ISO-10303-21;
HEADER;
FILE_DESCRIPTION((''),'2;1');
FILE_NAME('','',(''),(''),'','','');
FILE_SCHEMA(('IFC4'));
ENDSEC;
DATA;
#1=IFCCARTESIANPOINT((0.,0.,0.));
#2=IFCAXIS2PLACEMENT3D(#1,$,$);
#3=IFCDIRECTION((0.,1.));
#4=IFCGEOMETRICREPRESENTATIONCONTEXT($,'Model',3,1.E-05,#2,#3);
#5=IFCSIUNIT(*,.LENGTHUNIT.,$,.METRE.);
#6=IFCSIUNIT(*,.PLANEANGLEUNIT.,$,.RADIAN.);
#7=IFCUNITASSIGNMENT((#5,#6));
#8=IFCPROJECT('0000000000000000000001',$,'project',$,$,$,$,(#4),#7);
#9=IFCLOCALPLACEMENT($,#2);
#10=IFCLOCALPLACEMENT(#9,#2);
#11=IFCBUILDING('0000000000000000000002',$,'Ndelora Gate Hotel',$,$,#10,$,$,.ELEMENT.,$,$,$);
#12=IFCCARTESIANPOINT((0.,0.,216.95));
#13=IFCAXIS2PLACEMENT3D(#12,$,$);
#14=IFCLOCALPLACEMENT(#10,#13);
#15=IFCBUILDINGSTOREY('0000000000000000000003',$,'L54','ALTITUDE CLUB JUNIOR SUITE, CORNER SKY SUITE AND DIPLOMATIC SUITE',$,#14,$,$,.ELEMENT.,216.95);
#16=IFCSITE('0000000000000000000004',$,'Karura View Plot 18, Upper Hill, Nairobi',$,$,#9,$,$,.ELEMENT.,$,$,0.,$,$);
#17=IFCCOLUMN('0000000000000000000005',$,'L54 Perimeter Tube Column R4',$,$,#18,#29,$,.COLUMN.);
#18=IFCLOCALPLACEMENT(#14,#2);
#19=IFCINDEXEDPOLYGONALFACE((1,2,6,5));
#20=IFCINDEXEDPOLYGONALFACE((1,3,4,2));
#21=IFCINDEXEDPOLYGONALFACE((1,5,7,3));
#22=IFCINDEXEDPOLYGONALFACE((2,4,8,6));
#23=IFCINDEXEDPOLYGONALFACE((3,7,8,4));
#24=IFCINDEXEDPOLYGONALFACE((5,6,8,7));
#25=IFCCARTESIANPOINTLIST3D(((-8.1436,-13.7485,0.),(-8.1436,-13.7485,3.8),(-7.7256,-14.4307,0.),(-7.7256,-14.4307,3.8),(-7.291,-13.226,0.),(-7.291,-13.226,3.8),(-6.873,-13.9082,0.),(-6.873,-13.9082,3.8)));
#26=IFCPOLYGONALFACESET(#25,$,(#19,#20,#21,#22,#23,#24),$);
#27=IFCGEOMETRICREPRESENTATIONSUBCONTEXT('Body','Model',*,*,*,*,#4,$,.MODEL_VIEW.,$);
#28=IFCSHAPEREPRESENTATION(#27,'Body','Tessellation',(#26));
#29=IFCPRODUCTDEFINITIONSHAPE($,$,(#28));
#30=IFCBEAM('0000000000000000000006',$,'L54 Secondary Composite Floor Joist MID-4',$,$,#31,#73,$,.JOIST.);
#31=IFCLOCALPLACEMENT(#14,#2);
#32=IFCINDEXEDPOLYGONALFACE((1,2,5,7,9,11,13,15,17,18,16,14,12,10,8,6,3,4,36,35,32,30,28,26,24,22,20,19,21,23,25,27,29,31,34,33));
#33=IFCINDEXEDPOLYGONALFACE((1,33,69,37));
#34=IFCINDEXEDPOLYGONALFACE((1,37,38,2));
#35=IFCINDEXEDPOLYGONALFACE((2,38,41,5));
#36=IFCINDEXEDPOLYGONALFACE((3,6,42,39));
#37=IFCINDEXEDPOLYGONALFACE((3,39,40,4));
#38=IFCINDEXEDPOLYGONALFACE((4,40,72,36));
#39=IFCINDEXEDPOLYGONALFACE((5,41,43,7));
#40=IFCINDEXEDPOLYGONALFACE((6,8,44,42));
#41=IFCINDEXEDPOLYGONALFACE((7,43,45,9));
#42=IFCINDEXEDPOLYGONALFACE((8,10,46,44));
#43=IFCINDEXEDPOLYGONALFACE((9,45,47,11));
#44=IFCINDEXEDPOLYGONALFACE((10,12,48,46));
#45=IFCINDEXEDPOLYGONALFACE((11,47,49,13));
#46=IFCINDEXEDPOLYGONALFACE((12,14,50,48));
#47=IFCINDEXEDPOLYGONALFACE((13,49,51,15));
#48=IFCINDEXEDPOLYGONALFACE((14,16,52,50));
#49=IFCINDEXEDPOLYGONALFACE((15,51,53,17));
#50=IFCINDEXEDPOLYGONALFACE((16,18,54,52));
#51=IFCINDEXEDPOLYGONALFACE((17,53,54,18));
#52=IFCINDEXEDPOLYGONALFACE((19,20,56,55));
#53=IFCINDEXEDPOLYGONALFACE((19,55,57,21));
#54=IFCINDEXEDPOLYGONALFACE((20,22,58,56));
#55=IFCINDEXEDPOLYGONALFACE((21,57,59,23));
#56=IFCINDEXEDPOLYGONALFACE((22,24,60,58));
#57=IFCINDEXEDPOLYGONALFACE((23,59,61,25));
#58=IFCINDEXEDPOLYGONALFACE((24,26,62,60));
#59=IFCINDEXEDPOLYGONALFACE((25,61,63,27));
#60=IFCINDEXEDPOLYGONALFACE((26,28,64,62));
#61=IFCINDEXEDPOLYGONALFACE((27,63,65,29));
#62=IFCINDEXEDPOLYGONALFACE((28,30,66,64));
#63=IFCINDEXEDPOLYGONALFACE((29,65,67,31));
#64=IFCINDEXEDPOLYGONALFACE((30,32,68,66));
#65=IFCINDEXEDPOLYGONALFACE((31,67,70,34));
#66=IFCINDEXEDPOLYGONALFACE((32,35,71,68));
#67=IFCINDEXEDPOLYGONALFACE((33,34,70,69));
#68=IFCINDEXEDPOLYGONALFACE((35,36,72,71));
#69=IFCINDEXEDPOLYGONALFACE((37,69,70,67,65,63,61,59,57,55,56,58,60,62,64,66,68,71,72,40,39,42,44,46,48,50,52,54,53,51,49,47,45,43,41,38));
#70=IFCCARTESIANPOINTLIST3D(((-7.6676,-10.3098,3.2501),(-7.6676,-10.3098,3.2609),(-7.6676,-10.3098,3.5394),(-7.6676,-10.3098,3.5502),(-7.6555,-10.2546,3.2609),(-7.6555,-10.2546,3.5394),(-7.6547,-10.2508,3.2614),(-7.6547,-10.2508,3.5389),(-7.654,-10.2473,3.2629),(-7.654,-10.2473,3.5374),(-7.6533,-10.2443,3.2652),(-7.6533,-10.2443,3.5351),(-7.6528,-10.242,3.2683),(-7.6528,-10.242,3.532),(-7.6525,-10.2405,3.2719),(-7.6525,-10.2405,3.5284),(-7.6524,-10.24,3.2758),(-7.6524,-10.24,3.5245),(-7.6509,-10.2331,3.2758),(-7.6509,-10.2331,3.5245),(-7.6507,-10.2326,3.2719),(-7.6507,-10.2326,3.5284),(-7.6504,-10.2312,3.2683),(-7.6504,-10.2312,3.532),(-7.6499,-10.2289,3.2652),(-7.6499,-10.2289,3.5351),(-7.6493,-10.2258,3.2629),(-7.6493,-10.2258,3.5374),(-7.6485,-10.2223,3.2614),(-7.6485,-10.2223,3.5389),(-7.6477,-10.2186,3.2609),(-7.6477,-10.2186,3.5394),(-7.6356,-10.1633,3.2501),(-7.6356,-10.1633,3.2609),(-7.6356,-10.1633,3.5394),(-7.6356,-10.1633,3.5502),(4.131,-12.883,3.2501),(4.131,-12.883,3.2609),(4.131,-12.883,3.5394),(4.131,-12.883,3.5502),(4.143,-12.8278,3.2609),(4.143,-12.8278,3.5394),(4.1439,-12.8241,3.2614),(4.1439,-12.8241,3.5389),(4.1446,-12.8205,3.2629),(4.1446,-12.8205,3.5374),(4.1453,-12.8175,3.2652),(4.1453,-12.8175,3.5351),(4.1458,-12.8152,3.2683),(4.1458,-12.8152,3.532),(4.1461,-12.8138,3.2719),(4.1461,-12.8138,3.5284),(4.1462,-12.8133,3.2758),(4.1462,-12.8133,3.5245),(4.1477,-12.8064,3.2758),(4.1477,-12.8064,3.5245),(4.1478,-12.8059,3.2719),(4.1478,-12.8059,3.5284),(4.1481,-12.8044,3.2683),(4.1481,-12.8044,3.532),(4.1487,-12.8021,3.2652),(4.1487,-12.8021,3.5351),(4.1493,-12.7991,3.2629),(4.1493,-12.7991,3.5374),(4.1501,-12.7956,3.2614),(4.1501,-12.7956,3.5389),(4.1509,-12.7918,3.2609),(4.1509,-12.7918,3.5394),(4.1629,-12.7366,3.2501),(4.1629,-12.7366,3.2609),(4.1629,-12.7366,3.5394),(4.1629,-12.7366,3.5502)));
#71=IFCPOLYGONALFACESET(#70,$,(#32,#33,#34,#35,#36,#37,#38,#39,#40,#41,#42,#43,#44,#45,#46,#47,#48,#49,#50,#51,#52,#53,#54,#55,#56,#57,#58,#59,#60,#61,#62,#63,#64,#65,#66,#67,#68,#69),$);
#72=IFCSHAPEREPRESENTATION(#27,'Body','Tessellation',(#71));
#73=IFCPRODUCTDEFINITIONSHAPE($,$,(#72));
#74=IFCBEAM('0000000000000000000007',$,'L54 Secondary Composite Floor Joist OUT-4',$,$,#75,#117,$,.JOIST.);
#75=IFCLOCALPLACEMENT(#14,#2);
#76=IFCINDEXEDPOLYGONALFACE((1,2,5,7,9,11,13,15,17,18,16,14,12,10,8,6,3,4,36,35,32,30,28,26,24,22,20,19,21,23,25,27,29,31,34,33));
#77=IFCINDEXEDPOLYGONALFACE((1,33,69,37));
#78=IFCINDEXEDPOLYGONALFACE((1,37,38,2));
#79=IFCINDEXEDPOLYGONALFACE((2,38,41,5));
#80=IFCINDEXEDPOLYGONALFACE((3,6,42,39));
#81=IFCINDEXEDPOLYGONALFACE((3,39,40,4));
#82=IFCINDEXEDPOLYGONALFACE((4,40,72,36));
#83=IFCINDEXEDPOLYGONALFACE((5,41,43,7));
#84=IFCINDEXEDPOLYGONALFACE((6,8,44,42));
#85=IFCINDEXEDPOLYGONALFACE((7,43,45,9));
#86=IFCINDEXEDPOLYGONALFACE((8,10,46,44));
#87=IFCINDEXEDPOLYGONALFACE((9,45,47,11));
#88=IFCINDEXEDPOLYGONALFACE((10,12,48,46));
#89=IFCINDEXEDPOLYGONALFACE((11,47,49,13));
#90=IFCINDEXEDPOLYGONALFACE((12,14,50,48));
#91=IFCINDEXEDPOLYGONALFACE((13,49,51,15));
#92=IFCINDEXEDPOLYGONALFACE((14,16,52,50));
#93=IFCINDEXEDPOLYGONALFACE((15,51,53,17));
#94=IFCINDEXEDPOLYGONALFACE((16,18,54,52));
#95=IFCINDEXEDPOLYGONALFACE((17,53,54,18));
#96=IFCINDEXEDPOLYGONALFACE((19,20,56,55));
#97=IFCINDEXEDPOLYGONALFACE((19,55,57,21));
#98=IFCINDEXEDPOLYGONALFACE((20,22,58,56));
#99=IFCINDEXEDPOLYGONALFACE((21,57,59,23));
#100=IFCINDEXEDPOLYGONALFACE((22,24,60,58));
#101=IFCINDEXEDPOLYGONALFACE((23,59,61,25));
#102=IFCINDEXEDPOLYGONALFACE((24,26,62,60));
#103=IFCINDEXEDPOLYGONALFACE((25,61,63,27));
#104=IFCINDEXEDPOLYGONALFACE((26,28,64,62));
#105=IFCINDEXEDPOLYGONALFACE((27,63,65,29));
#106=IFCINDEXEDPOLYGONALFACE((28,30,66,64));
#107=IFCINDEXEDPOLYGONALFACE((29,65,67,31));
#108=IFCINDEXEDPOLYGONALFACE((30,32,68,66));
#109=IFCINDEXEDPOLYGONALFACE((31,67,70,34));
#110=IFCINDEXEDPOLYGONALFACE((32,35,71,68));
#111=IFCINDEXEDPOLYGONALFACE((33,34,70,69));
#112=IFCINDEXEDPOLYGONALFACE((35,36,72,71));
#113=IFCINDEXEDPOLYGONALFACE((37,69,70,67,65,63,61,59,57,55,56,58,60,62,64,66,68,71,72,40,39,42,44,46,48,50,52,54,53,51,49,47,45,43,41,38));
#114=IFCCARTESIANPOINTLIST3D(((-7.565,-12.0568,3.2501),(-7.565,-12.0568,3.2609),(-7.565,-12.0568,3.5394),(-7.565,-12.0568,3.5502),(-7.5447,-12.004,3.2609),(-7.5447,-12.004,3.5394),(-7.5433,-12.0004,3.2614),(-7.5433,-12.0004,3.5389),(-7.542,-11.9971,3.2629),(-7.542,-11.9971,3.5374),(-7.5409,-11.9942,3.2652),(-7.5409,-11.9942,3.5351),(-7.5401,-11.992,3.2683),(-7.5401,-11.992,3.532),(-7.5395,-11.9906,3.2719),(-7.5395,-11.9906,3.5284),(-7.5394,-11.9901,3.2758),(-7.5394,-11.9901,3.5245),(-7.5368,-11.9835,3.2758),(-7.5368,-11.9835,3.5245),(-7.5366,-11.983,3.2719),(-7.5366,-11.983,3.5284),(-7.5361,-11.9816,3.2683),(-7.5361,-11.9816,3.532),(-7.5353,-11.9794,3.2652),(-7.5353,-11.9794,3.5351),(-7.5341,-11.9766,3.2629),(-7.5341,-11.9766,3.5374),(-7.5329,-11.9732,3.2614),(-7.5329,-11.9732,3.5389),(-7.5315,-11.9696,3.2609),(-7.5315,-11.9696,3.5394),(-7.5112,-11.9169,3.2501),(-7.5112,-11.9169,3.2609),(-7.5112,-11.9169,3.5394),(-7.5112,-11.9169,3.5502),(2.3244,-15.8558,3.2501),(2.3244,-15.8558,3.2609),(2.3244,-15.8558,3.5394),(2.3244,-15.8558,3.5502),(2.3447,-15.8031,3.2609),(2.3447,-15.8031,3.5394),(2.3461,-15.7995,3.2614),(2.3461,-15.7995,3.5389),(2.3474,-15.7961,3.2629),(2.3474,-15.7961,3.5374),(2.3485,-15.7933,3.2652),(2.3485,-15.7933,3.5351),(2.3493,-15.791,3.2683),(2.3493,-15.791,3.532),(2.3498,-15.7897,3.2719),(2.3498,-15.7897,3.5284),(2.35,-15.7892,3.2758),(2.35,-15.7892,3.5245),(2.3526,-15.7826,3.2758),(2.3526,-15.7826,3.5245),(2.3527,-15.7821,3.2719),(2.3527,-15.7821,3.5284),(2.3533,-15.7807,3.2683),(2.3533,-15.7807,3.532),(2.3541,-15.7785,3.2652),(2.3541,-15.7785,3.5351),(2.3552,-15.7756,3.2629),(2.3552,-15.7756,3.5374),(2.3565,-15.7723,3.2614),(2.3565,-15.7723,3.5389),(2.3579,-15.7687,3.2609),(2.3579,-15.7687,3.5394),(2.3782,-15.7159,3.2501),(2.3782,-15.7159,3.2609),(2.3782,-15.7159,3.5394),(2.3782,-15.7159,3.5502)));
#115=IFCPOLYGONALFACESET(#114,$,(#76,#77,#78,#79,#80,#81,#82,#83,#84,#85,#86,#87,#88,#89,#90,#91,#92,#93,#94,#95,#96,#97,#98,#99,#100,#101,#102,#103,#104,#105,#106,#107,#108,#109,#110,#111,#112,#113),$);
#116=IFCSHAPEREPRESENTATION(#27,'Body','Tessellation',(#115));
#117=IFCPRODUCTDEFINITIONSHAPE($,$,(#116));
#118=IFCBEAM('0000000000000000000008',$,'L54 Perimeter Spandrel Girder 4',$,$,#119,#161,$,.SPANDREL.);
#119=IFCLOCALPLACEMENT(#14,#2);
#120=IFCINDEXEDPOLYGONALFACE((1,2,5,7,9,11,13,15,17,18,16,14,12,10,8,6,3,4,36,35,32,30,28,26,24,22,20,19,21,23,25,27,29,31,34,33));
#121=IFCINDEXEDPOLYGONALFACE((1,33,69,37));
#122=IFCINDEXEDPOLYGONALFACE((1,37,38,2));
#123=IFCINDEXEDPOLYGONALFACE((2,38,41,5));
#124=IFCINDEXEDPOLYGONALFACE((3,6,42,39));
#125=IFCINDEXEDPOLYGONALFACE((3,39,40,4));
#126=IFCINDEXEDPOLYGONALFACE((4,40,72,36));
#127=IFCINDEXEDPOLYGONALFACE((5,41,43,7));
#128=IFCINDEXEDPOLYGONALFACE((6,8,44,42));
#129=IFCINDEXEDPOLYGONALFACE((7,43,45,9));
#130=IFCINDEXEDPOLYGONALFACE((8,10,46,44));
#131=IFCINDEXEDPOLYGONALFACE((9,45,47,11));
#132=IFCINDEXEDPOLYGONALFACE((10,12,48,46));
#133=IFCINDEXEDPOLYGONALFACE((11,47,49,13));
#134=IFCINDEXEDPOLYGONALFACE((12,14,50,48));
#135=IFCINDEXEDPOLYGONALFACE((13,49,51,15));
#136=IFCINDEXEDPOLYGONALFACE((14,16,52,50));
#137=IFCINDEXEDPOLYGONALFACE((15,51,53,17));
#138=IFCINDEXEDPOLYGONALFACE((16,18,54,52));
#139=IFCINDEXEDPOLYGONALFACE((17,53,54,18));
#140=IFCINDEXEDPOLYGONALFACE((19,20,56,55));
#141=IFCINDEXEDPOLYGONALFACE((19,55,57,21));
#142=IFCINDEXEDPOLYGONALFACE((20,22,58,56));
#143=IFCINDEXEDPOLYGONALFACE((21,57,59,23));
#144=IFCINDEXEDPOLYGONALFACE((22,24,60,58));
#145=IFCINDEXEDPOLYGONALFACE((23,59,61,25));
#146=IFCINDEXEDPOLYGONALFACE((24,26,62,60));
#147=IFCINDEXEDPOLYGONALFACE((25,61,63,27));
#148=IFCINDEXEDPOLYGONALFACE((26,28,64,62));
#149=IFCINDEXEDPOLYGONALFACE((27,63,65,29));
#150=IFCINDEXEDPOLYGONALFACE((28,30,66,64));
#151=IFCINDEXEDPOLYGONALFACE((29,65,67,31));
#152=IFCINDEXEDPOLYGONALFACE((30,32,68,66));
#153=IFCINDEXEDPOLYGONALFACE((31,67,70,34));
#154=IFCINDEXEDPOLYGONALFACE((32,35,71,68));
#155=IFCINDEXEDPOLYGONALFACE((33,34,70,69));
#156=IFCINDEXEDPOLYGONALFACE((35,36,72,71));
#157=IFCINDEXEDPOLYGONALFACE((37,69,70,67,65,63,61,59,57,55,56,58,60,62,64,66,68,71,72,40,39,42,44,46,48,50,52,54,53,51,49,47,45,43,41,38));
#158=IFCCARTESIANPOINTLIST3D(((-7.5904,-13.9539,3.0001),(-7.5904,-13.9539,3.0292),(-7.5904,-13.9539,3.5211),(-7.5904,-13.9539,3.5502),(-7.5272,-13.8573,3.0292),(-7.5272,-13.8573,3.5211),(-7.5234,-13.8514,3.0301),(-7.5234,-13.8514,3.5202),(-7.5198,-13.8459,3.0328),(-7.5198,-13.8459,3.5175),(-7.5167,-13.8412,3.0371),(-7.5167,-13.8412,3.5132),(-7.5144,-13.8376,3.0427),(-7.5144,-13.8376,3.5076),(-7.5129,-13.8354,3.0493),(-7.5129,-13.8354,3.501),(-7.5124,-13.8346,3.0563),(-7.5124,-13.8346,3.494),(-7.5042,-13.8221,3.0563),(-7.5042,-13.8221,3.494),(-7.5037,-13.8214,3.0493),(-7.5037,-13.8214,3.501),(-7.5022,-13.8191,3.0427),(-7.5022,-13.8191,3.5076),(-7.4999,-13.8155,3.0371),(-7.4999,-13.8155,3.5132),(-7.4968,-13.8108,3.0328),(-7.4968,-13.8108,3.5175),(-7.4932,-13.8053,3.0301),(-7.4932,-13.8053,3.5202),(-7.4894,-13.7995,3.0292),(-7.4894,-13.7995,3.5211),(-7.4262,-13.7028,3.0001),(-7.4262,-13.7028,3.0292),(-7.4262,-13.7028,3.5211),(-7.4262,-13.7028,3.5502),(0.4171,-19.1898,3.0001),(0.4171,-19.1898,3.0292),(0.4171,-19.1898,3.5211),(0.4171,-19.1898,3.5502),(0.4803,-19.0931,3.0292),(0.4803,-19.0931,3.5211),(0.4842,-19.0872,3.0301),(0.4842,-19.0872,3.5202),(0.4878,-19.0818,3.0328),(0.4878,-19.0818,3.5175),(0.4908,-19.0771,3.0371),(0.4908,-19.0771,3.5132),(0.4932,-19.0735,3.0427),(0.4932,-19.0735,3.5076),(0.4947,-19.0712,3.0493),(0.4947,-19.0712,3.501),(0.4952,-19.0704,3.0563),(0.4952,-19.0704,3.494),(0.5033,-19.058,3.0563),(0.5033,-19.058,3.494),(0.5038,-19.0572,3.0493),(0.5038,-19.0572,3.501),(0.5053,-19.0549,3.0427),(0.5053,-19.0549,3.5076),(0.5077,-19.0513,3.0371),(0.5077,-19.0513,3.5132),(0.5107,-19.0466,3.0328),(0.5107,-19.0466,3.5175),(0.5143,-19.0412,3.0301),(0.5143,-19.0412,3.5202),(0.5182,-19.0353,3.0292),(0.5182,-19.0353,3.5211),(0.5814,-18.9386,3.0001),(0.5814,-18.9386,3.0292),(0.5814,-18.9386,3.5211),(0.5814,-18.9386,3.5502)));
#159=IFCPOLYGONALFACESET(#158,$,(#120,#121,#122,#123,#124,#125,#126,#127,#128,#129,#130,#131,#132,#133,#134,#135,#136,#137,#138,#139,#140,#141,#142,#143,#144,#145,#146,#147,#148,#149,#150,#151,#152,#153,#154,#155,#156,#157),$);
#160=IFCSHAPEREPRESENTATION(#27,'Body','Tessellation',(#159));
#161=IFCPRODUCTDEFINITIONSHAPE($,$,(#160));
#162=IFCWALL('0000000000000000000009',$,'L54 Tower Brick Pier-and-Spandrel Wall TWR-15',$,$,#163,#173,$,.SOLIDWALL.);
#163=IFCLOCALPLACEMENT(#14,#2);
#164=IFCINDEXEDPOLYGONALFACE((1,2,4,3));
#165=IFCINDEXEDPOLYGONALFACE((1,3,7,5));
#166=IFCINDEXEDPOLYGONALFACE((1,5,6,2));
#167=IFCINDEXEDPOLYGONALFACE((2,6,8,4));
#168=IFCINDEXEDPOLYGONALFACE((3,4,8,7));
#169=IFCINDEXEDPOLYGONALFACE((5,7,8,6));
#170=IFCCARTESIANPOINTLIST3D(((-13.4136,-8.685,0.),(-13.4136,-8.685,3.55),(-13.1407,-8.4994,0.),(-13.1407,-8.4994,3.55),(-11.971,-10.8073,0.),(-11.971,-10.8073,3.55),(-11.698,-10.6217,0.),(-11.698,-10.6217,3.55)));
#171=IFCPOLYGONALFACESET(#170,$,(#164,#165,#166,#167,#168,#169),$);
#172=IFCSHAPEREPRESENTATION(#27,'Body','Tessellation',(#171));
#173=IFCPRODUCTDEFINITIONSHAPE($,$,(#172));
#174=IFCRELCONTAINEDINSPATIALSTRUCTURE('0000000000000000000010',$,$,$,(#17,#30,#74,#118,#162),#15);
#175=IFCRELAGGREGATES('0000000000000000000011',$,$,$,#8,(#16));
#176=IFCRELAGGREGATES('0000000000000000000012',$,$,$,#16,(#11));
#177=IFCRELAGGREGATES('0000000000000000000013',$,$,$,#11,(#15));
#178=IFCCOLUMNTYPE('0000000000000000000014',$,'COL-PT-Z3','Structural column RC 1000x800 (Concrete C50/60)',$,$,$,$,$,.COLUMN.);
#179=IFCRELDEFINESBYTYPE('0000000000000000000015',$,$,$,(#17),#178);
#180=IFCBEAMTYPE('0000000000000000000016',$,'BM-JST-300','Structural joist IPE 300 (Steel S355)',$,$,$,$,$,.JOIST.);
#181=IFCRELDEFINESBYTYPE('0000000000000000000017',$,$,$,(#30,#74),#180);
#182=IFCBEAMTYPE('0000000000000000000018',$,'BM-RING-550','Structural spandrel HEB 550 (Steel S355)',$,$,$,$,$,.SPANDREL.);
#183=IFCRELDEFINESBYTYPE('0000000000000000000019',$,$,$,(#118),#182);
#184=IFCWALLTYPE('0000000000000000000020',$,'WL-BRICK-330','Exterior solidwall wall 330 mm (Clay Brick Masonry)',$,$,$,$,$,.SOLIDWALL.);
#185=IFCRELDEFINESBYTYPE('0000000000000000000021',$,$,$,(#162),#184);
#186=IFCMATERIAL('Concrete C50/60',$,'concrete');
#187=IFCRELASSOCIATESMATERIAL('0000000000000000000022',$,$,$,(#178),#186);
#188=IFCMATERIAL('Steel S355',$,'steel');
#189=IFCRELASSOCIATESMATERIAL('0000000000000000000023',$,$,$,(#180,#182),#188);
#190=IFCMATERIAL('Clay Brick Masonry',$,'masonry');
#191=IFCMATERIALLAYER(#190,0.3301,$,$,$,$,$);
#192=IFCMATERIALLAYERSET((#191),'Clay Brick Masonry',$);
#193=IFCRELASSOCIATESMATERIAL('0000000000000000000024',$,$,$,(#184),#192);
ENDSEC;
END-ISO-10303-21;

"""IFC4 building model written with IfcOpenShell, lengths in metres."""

from ifc_helpers import new_model, si_unit, direction, frame, frame_2d, origin, origin_2d, place, context, subcontext, project, spatial, rectangle, i_section, extrude, material, layer, layer_set, material_profile, profile_set, type_object, element, save


model = new_model("IFC4")

# Units and contexts
model_context = context("Model", 3, precision=1e-05, world=origin(), true_north=direction((0.0, 1.0)))
body_context = subcontext(model_context, "Body", "Model", "MODEL_VIEW")
ifc_project = project(units=[si_unit("LENGTHUNIT", "METRE"), si_unit("PLANEANGLEUNIT", "RADIAN")], contexts=[model_context])

# Site, building, storey
site_placement = place(None, origin())
site = spatial("IfcSite", under=ifc_project, at=site_placement, Name="Karura View Plot 18, Upper Hill, Nairobi", CompositionType="ELEMENT", RefElevation=0.0)
building_placement = place(site_placement, origin())
building = spatial("IfcBuilding", under=site, at=building_placement, Name="Ndelora Gate Hotel", CompositionType="ELEMENT")
storey_placement = place(building_placement, frame((0.0, 0.0, 216.95)))
storey = spatial("IfcBuildingStorey", under=building, at=storey_placement, Name="L54", Description="ALTITUDE CLUB JUNIOR SUITE, CORNER SKY SUITE AND DIPLOMATIC SUITE", CompositionType="ELEMENT", Elevation=216.95)

# Column
ifc_material_1 = material(Name="Concrete C50/60", Category="concrete")
ifc_material_profile_1 = material_profile(ifc_material_1, rectangle(XDim=0.8, YDim=1.0, at=origin_2d()), Name="RC 1000x800")
ifc_profile_set_1 = profile_set([ifc_material_profile_1], Name="Concrete C50/60")
column_type = type_object("IfcColumnType", Name="COL-PT-Z3", Description="Structural column RC 1000x800 (Concrete C50/60)", PredefinedType="COLUMN", material=ifc_profile_set_1)
column_placement = place(storey_placement, frame((-7.5083, -13.8284, 0.0), z_axis=(0.0, 0.0, 1.0), x_axis=(-0.522499, 0.85264, 0.0)))
element("IfcColumn", 1, at=column_placement, inside=storey, type_object=column_type, Name="L54 Perimeter Tube Column R4", PredefinedType="COLUMN", context=body_context, shape_type="SweptSolid", body=[
    extrude(rectangle(XDim=0.8, YDim=1.0, at=origin_2d()), origin(), (0.0, 0.0, 1.0), 3.8),
])

# Beams
ifc_material_2 = material(Name="Steel S355", Category="steel")
ifc_material_profile_2 = material_profile(ifc_material_2, i_section(OverallWidth=0.1499, OverallDepth=0.3, WebThickness=0.0071, FlangeThickness=0.0107, FilletRadius=0.0149, at=origin_2d()), Name="IPE 300")
ifc_profile_set_2 = profile_set([ifc_material_profile_2], Name="Steel S355")
beam_type_1 = type_object("IfcBeamType", Name="BM-JST-300", Description="Structural joist IPE 300 (Steel S355)", PredefinedType="JOIST", material=ifc_profile_set_2)
beam_1_placement = place(storey_placement, frame((-7.6516, -10.2366, 3.4001), z_axis=(0.977033, -0.213088, 0.0), x_axis=(0.213088, 0.977033, 0.0)))
element("IfcBeam", 2, at=beam_1_placement, inside=storey, type_object=beam_type_1, Name="L54 Secondary Composite Floor Joist MID-4", PredefinedType="JOIST", context=body_context, shape_type="SweptSolid", body=[
    extrude(i_section(OverallWidth=0.1499, OverallDepth=0.3, WebThickness=0.0071, FlangeThickness=0.0107, FilletRadius=0.0149, at=origin_2d()), origin(), (0.0, 0.0, 1.0), 12.0759),
])
beam_2_placement = place(storey_placement, frame((-7.5381, -11.9868, 3.4001), z_axis=(0.933489, -0.358605, 0.0), x_axis=(0.358605, 0.933489, 0.0)))
element("IfcBeam", 3, at=beam_2_placement, inside=storey, type_object=beam_type_1, Name="L54 Secondary Composite Floor Joist OUT-4", PredefinedType="JOIST", context=body_context, shape_type="SweptSolid", body=[
    extrude(i_section(OverallWidth=0.1499, OverallDepth=0.3, WebThickness=0.0071, FlangeThickness=0.0107, FilletRadius=0.0149, at=origin_2d()), origin(), (0.0, 0.0, 1.0), 10.594),
])
ifc_material_profile_3 = material_profile(ifc_material_2, i_section(OverallWidth=0.3, OverallDepth=0.55, WebThickness=0.0149, FlangeThickness=0.0291, FilletRadius=0.0271, at=origin_2d()), Name="HEB 550")
ifc_profile_set_3 = profile_set([ifc_material_profile_3], Name="Steel S355")
beam_type_2 = type_object("IfcBeamType", Name="BM-RING-550", Description="Structural spandrel HEB 550 (Steel S355)", PredefinedType="SPANDREL", material=ifc_profile_set_3)
beam_3_placement = place(storey_placement, frame((-7.5083, -13.8284, 3.2751), z_axis=(0.836964, -0.547258, 0.0), x_axis=(0.547258, 0.836964, 0.0)))
element("IfcBeam", 4, at=beam_3_placement, inside=storey, type_object=beam_type_2, Name="L54 Perimeter Spandrel Girder 4", PredefinedType="SPANDREL", context=body_context, shape_type="SweptSolid", body=[
    extrude(i_section(OverallWidth=0.3, OverallDepth=0.55, WebThickness=0.0149, FlangeThickness=0.0291, FilletRadius=0.0271, at=origin_2d()), origin(), (0.0, 0.0, 1.0), 9.5674),
])

# Wall
ifc_material_3 = material(Name="Clay Brick Masonry", Category="masonry")
ifc_layer_1 = layer(ifc_material_3, 0.3301)
ifc_layer_set_1 = layer_set([ifc_layer_1], Name="Clay Brick Masonry")
wall_type_1 = type_object("IfcWallType", Name="WL-BRICK-330", Description="Exterior solidwall wall 330 mm (Clay Brick Masonry)", PredefinedType="SOLIDWALL", material=ifc_layer_set_1)
wall_1_placement = place(storey_placement, frame((-11.8345, -10.7146, 0.0), z_axis=(0.0, 0.0, 1.0), x_axis=(-0.562164, 0.827026, 0.0)))
element("IfcWall", 5, at=wall_1_placement, inside=storey, type_object=wall_type_1, Name="L54 Tower Brick Pier-and-Spandrel Wall TWR-15", PredefinedType="SOLIDWALL", context=body_context, shape_type="SweptSolid", body=[
    extrude(rectangle(XDim=2.5662, YDim=0.3301, at=frame_2d((1.2832, 0.0))), origin(), (0.0, 0.0, 1.0), 3.55),
])

save(model, "model.ifc")
